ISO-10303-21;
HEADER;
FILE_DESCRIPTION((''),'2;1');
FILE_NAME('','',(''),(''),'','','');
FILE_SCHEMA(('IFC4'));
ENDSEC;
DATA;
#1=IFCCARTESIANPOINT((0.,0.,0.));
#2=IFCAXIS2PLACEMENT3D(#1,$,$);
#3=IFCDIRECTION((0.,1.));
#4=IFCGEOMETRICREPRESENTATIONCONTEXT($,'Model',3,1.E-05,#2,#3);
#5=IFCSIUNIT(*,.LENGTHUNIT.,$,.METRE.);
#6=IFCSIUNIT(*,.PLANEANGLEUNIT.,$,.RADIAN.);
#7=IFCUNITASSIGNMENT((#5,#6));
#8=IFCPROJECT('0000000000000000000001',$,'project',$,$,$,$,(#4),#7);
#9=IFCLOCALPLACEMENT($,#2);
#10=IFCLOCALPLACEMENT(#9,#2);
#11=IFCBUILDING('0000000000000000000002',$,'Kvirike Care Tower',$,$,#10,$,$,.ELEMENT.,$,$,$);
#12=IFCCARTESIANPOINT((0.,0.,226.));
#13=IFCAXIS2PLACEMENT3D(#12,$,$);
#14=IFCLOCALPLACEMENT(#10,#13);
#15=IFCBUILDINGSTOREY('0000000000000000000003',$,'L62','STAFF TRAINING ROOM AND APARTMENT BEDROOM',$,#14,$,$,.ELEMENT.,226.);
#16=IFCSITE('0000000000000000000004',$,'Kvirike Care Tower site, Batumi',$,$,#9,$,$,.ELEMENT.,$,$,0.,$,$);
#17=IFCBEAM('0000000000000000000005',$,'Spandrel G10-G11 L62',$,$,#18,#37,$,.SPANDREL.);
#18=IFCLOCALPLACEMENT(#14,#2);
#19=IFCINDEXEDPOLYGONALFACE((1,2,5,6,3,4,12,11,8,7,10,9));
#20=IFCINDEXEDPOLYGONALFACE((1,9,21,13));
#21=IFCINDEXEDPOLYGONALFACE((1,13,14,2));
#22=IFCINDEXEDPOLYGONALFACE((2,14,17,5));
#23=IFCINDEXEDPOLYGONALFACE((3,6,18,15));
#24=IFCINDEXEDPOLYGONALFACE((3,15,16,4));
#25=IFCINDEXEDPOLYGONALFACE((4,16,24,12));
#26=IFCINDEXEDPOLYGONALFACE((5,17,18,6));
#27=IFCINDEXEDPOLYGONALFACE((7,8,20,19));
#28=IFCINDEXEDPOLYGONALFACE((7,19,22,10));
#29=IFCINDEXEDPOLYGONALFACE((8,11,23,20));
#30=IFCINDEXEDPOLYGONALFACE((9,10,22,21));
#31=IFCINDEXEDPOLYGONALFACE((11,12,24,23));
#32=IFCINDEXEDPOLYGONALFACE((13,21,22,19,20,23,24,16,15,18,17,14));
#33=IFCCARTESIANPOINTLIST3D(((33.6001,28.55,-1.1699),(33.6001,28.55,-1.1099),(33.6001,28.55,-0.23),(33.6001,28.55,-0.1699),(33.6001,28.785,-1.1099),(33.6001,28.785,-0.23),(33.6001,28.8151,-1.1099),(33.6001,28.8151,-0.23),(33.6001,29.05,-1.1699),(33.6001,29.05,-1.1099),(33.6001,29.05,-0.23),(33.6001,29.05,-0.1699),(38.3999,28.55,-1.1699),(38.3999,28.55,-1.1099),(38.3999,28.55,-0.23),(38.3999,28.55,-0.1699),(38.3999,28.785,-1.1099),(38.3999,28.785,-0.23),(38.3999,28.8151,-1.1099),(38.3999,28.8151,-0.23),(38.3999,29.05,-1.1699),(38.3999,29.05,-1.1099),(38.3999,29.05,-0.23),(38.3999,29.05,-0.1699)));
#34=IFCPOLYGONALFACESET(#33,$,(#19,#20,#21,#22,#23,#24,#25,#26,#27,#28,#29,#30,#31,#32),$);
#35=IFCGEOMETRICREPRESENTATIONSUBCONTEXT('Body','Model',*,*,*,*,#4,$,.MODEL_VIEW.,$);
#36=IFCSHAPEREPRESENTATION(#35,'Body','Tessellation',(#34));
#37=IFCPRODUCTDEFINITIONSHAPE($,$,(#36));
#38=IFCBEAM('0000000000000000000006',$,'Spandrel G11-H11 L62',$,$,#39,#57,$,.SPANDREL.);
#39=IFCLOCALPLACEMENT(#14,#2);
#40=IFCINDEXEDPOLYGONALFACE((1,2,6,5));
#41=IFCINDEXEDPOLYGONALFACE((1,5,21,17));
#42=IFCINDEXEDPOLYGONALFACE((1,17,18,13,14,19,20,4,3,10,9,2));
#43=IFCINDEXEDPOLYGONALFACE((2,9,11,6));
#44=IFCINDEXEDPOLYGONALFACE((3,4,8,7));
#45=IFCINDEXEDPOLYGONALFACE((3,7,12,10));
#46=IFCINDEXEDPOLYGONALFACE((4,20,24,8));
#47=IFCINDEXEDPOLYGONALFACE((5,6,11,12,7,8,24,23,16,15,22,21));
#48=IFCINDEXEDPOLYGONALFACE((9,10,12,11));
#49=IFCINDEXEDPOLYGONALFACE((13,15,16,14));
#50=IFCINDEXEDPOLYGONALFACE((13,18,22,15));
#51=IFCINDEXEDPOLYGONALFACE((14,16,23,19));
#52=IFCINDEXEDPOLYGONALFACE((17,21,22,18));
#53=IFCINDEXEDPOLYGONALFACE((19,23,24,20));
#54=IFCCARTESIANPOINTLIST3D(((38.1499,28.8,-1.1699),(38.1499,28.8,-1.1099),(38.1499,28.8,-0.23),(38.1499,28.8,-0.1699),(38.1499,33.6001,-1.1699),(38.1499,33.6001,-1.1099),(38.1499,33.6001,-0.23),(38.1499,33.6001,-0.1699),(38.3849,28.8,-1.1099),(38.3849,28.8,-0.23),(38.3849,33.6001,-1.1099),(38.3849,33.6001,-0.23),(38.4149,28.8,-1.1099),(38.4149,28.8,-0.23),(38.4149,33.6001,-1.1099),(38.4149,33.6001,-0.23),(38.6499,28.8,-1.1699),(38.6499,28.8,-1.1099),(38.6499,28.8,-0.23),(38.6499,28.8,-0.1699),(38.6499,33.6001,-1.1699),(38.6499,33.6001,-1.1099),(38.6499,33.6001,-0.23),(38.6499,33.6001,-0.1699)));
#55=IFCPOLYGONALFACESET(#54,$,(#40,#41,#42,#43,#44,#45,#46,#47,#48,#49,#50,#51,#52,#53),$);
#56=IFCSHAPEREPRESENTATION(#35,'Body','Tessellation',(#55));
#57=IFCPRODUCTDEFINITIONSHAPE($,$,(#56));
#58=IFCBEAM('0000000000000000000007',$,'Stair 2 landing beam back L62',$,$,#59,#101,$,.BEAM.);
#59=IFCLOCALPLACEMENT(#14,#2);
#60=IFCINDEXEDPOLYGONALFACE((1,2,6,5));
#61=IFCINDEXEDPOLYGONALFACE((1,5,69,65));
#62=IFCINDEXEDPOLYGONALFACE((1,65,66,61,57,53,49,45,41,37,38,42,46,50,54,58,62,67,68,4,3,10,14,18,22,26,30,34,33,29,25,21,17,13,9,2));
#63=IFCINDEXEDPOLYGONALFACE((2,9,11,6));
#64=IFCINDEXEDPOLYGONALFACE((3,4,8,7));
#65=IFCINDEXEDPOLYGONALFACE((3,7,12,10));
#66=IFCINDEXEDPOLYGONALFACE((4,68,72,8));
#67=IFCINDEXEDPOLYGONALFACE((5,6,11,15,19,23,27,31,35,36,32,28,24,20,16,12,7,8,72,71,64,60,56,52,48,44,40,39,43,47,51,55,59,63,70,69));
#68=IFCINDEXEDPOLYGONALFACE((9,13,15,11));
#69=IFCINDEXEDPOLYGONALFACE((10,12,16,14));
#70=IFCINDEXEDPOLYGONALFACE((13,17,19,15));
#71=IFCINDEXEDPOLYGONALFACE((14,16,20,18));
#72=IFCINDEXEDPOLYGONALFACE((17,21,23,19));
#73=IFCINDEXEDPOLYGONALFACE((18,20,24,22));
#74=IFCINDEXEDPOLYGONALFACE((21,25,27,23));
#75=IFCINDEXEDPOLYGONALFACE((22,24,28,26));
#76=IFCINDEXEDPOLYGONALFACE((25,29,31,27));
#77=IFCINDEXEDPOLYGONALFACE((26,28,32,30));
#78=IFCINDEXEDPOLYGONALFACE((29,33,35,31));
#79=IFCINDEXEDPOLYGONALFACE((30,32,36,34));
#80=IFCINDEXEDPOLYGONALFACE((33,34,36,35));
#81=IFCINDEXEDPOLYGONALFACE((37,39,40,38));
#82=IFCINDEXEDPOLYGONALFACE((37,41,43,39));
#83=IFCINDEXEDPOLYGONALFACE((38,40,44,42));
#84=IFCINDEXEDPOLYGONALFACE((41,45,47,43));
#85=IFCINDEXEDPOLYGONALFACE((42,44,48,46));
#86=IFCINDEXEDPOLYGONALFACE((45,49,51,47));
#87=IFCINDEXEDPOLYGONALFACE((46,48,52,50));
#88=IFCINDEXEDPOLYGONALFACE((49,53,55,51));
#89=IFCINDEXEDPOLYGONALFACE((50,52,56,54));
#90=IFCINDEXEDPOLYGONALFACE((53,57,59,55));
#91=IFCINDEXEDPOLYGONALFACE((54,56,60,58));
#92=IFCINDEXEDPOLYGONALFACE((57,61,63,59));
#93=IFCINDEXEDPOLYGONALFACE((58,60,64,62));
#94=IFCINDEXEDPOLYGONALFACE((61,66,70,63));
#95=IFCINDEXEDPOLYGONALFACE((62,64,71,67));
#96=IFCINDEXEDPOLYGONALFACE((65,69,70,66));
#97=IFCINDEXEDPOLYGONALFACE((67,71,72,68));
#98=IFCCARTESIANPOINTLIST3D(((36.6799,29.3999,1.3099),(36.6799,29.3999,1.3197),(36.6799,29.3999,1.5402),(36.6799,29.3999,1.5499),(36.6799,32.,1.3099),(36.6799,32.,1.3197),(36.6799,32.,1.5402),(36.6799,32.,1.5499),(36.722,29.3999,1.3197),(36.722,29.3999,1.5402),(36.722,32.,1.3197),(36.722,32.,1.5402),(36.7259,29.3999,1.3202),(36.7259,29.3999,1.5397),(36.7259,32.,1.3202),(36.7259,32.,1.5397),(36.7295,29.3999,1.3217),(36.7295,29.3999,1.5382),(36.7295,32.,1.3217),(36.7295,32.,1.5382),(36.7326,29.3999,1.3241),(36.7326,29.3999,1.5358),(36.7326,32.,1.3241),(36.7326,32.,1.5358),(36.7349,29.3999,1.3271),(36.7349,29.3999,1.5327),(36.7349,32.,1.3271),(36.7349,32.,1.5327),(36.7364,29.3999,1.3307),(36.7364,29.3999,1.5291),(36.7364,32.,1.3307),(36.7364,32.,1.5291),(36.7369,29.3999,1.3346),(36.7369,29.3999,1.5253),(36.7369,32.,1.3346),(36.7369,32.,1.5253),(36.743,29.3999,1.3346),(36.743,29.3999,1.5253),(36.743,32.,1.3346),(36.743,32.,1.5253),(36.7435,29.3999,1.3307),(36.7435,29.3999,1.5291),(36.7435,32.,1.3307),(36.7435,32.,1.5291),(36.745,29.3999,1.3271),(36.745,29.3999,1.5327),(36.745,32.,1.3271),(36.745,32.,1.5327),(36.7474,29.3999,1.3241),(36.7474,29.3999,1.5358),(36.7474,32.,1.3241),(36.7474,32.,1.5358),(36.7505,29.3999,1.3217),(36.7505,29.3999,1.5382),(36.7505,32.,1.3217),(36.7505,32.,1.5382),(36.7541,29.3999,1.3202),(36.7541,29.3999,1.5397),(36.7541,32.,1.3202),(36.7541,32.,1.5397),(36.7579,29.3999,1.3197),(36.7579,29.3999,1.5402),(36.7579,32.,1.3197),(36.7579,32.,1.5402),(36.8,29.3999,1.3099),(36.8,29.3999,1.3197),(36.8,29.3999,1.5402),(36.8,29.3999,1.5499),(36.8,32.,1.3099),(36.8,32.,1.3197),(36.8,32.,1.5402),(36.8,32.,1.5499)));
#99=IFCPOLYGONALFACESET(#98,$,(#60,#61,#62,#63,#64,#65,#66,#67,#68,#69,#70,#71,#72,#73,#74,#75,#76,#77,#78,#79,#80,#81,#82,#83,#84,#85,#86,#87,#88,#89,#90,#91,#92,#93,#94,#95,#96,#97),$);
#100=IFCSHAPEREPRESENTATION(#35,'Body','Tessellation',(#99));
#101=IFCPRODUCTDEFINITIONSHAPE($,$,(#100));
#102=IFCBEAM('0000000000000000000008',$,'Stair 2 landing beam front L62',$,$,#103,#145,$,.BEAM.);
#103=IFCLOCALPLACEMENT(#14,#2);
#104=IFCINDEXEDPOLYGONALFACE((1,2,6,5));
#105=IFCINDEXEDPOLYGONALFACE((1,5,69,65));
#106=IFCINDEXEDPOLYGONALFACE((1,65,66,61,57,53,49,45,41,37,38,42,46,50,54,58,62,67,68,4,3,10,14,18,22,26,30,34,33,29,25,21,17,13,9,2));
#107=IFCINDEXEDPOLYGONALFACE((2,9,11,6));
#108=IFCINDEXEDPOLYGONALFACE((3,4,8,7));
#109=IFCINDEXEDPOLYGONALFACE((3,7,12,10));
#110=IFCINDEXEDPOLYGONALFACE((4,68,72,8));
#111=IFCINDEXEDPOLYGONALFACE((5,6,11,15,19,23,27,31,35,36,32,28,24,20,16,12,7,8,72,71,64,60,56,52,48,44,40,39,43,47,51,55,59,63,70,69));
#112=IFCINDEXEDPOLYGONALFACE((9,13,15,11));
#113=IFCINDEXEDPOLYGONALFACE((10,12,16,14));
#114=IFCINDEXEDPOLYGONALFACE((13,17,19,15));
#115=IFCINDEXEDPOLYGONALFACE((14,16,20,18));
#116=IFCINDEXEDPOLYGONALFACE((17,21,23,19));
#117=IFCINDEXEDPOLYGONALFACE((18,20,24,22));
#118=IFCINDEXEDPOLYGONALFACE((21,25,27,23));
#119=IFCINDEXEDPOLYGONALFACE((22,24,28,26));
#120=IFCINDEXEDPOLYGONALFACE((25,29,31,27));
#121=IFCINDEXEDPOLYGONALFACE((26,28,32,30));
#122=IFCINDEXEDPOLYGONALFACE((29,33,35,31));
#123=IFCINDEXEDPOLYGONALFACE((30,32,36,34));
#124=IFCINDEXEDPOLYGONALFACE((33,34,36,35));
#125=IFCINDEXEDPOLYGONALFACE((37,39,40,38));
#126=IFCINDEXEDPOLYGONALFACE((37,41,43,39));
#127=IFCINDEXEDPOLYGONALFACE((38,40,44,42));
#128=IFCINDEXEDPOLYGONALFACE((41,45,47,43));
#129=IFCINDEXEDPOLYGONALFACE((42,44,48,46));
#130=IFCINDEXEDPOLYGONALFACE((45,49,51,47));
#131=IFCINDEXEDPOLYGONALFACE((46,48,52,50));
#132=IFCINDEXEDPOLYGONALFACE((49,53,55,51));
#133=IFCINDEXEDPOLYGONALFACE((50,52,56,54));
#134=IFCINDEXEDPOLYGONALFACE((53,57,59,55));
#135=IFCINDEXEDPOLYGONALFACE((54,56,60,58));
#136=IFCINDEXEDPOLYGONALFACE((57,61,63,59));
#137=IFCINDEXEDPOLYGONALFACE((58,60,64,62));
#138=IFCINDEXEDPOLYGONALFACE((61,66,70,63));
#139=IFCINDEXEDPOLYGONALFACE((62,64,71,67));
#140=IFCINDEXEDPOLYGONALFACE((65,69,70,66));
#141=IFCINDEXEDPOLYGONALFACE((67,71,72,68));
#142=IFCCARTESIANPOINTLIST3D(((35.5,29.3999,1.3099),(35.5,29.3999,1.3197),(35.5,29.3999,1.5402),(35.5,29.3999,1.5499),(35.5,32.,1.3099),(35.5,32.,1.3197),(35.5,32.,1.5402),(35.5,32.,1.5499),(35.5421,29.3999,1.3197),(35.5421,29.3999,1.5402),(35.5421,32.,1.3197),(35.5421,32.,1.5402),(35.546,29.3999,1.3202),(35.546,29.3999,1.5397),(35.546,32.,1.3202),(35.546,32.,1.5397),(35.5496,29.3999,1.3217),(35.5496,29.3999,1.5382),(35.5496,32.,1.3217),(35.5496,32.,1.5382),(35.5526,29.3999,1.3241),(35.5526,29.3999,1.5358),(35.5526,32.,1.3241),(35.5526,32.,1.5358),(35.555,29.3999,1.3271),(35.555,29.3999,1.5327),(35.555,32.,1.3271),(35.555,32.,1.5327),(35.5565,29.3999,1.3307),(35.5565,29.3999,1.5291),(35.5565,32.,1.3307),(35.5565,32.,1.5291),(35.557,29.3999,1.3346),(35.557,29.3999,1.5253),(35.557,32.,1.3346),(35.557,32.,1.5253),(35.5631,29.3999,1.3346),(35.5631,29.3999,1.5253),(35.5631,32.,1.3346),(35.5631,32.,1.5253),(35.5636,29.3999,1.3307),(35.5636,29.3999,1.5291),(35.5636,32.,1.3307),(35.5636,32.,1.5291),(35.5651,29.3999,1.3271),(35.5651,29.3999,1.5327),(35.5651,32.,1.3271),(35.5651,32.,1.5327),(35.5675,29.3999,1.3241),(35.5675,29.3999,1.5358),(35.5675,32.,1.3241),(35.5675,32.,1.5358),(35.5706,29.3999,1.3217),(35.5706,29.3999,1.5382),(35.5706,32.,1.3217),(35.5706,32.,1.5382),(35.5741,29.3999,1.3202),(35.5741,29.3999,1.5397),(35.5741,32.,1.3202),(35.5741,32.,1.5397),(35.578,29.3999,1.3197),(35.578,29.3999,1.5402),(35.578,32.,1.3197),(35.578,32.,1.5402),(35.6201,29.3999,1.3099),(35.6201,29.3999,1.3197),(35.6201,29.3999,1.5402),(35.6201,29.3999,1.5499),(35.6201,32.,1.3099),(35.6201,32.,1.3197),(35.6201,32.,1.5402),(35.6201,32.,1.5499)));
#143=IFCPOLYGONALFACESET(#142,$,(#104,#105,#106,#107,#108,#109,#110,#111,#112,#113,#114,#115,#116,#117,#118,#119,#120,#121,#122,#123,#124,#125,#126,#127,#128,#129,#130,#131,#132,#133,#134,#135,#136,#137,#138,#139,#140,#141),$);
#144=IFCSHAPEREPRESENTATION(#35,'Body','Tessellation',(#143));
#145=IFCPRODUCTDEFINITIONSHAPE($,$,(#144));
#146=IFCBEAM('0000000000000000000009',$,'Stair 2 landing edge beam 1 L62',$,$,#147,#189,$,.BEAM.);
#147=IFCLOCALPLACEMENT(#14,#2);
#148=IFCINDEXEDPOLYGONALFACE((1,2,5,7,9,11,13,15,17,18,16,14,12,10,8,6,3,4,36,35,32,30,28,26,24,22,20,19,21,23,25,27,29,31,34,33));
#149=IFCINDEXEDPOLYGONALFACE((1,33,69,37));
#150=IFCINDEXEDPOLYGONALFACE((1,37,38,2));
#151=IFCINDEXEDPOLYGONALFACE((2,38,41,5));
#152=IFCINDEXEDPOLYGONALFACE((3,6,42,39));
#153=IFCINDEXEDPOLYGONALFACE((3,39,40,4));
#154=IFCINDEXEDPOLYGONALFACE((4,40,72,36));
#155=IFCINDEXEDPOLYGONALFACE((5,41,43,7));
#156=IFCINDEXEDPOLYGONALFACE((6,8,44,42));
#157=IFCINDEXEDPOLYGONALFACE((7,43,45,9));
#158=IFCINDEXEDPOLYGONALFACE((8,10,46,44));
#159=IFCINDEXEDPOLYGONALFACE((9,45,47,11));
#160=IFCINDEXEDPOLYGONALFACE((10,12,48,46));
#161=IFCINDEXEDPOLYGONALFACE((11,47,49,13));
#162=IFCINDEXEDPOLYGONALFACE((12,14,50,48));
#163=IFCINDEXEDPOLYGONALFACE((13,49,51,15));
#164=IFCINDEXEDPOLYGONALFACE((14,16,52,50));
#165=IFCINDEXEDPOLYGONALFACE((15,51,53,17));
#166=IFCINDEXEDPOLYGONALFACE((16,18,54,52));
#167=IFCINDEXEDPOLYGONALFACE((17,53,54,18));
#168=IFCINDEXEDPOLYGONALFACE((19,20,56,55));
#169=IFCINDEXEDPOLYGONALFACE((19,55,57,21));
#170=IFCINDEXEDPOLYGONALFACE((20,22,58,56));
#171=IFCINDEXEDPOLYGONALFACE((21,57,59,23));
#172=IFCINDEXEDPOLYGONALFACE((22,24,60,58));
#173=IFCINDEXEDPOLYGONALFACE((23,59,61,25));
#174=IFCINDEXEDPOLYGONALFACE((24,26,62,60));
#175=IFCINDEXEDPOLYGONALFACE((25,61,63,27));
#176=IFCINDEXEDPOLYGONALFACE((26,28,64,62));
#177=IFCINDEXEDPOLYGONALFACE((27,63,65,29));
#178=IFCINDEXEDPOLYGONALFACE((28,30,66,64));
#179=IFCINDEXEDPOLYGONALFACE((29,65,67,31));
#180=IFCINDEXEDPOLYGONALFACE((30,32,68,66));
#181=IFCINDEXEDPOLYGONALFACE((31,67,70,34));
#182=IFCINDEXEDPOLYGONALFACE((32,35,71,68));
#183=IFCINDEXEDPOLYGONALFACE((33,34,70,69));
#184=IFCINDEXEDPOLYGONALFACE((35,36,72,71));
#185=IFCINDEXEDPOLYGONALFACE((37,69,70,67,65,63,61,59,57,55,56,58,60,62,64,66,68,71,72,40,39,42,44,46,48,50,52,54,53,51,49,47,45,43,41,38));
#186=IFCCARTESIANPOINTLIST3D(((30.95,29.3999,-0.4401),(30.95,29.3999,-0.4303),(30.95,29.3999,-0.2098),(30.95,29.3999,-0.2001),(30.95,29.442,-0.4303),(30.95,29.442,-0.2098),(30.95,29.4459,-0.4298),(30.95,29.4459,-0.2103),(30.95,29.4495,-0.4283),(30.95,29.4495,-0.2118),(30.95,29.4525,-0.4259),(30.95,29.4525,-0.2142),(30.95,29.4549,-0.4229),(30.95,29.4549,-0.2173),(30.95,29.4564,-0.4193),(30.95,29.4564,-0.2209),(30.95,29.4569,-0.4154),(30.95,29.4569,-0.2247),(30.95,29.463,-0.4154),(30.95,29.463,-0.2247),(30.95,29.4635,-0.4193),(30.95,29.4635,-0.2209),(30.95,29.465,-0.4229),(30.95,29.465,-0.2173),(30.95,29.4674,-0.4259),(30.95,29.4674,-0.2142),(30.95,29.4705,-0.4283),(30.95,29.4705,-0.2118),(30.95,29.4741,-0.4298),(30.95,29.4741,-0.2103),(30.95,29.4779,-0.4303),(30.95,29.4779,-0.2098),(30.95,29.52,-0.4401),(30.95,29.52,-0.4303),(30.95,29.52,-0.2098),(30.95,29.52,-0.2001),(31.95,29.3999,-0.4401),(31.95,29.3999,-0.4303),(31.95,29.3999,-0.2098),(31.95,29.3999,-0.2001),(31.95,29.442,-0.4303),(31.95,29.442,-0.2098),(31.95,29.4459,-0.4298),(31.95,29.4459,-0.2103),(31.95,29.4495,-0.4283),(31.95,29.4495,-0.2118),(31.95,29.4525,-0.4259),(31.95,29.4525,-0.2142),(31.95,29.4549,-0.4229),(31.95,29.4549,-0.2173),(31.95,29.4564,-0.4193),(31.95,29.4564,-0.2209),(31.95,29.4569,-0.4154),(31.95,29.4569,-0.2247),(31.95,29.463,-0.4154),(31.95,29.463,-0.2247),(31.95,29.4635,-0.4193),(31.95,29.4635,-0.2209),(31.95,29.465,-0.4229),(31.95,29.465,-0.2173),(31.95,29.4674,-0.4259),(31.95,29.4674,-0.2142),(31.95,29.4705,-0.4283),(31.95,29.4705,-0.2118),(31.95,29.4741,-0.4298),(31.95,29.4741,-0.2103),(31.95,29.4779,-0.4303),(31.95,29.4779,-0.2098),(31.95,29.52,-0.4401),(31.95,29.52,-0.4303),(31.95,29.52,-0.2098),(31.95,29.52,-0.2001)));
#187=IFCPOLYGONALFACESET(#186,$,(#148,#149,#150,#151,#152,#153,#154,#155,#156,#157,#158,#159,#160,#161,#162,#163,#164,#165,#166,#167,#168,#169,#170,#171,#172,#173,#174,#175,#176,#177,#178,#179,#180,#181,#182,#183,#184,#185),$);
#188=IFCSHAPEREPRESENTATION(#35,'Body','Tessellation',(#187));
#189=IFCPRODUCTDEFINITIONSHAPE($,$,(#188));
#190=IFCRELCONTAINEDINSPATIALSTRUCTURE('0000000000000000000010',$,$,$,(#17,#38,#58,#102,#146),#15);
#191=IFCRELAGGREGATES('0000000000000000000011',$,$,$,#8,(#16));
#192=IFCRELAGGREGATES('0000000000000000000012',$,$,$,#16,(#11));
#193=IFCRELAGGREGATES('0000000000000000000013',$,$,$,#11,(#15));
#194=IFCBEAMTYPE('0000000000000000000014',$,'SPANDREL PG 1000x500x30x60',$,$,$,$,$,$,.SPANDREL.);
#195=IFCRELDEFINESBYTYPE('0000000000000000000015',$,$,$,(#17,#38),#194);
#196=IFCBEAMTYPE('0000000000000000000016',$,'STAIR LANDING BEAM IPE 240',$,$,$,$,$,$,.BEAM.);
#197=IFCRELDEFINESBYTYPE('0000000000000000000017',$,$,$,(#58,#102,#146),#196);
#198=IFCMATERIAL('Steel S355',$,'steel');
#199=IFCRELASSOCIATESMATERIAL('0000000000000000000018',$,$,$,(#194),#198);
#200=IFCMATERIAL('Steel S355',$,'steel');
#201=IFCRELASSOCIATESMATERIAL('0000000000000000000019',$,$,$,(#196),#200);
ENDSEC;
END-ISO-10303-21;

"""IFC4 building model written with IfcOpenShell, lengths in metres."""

from ifc_helpers import new_model, si_unit, direction, frame, origin, origin_2d, place, context, subcontext, project, spatial, i_section, extrude, material, material_profile, profile_set, type_object, element, save


model = new_model("IFC4")

# Units and contexts
model_context = context("Model", 3, precision=1e-05, world=origin(), true_north=direction((0.0, 1.0)))
body_context = subcontext(model_context, "Body", "Model", "MODEL_VIEW")
ifc_project = project(units=[si_unit("LENGTHUNIT", "METRE"), si_unit("PLANEANGLEUNIT", "RADIAN")], contexts=[model_context])

# Site, building, storey
site_placement = place(None, origin())
site = spatial("IfcSite", under=ifc_project, at=site_placement, Name="Kvirike Care Tower site, Batumi", CompositionType="ELEMENT", RefElevation=0.0)
building_placement = place(site_placement, origin())
building = spatial("IfcBuilding", under=site, at=building_placement, Name="Kvirike Care Tower", CompositionType="ELEMENT")
storey_placement = place(building_placement, frame((0.0, 0.0, 226.0)))
storey = spatial("IfcBuildingStorey", under=building, at=storey_placement, Name="L62", Description="STAFF TRAINING ROOM AND APARTMENT BEDROOM", CompositionType="ELEMENT", Elevation=226.0)

# Beams
ifc_material_1 = material(Name="Steel S355", Category="steel")
ifc_material_profile_1 = material_profile(ifc_material_1, i_section(OverallWidth=0.5, OverallDepth=1.0, WebThickness=0.03, FlangeThickness=0.0601, at=origin_2d()), Name="PG 1000x500x30x60")
ifc_profile_set_1 = profile_set([ifc_material_profile_1], Name="Steel S355")
beam_type_1 = type_object("IfcBeamType", Name="SPANDREL PG 1000x500x30x60", PredefinedType="SPANDREL", material=ifc_profile_set_1)
beam_1_placement = place(storey_placement, frame((33.6001, 28.8, -0.6699), z_axis=(1.0, 0.0, 0.0), x_axis=(0.0, 1.0, 0.0)))
element("IfcBeam", 1, at=beam_1_placement, inside=storey, type_object=beam_type_1, Name="Spandrel G10-G11 L62", PredefinedType="SPANDREL", context=body_context, shape_type="SweptSolid", body=[
    extrude(i_section(OverallWidth=0.5, OverallDepth=1.0, WebThickness=0.03, FlangeThickness=0.0601, at=origin_2d()), origin(), (0.0, 0.0, 1.0), 4.7998),
])
beam_2_placement = place(storey_placement, frame((38.3999, 28.8, -0.6699), z_axis=(0.0, 1.0, 0.0), x_axis=(-1.0, 0.0, 0.0)))
element("IfcBeam", 2, at=beam_2_placement, inside=storey, type_object=beam_type_1, Name="Spandrel G11-H11 L62", PredefinedType="SPANDREL", context=body_context, shape_type="SweptSolid", body=[
    extrude(i_section(OverallWidth=0.5, OverallDepth=1.0, WebThickness=0.03, FlangeThickness=0.0601, at=origin_2d()), origin(), (0.0, 0.0, 1.0), 4.8),
])
ifc_material_2 = material(Name="Steel S355", Category="steel")
ifc_material_profile_2 = material_profile(ifc_material_2, i_section(OverallWidth=0.1201, OverallDepth=0.24, WebThickness=0.0061, FlangeThickness=0.0098, FilletRadius=0.0149, at=origin_2d()), Name="IPE 240")
ifc_profile_set_2 = profile_set([ifc_material_profile_2], Name="Steel S355")
beam_type_2 = type_object("IfcBeamType", Name="STAIR LANDING BEAM IPE 240", PredefinedType="BEAM", material=ifc_profile_set_2)
for number, where, z_axis, x_axis, name in (
    (3, (36.74, 29.3999, 1.4299), (0.0, 1.0, 0.0), (-1.0, 0.0, 0.0), "Stair 2 landing beam back L62"),
    (4, (35.5601, 29.3999, 1.4299), (0.0, 1.0, 0.0), (-1.0, 0.0, 0.0), "Stair 2 landing beam front L62"),
):
    element("IfcBeam", number, at=place(storey_placement, frame(where, z_axis=z_axis, x_axis=x_axis)), inside=storey, type_object=beam_type_2, Name=name, PredefinedType="BEAM", context=body_context, shape_type="SweptSolid", body=[
        extrude(i_section(OverallWidth=0.1201, OverallDepth=0.24, WebThickness=0.0061, FlangeThickness=0.0098, FilletRadius=0.0149, at=origin_2d()), origin(), (0.0, 0.0, 1.0), 2.6001),
    ])
beam_3_placement = place(storey_placement, frame((31.95, 29.46, -0.3201), z_axis=(-1.0, 0.0, 0.0), x_axis=(0.0, -1.0, 0.0)))
element("IfcBeam", 5, at=beam_3_placement, inside=storey, type_object=beam_type_2, Name="Stair 2 landing edge beam 1 L62", PredefinedType="BEAM", context=body_context, shape_type="SweptSolid", body=[
    extrude(i_section(OverallWidth=0.1201, OverallDepth=0.24, WebThickness=0.0061, FlangeThickness=0.0098, FilletRadius=0.0149, at=origin_2d()), origin(), (0.0, 0.0, 1.0), 1.0),
])

save(model, "model.ifc")
